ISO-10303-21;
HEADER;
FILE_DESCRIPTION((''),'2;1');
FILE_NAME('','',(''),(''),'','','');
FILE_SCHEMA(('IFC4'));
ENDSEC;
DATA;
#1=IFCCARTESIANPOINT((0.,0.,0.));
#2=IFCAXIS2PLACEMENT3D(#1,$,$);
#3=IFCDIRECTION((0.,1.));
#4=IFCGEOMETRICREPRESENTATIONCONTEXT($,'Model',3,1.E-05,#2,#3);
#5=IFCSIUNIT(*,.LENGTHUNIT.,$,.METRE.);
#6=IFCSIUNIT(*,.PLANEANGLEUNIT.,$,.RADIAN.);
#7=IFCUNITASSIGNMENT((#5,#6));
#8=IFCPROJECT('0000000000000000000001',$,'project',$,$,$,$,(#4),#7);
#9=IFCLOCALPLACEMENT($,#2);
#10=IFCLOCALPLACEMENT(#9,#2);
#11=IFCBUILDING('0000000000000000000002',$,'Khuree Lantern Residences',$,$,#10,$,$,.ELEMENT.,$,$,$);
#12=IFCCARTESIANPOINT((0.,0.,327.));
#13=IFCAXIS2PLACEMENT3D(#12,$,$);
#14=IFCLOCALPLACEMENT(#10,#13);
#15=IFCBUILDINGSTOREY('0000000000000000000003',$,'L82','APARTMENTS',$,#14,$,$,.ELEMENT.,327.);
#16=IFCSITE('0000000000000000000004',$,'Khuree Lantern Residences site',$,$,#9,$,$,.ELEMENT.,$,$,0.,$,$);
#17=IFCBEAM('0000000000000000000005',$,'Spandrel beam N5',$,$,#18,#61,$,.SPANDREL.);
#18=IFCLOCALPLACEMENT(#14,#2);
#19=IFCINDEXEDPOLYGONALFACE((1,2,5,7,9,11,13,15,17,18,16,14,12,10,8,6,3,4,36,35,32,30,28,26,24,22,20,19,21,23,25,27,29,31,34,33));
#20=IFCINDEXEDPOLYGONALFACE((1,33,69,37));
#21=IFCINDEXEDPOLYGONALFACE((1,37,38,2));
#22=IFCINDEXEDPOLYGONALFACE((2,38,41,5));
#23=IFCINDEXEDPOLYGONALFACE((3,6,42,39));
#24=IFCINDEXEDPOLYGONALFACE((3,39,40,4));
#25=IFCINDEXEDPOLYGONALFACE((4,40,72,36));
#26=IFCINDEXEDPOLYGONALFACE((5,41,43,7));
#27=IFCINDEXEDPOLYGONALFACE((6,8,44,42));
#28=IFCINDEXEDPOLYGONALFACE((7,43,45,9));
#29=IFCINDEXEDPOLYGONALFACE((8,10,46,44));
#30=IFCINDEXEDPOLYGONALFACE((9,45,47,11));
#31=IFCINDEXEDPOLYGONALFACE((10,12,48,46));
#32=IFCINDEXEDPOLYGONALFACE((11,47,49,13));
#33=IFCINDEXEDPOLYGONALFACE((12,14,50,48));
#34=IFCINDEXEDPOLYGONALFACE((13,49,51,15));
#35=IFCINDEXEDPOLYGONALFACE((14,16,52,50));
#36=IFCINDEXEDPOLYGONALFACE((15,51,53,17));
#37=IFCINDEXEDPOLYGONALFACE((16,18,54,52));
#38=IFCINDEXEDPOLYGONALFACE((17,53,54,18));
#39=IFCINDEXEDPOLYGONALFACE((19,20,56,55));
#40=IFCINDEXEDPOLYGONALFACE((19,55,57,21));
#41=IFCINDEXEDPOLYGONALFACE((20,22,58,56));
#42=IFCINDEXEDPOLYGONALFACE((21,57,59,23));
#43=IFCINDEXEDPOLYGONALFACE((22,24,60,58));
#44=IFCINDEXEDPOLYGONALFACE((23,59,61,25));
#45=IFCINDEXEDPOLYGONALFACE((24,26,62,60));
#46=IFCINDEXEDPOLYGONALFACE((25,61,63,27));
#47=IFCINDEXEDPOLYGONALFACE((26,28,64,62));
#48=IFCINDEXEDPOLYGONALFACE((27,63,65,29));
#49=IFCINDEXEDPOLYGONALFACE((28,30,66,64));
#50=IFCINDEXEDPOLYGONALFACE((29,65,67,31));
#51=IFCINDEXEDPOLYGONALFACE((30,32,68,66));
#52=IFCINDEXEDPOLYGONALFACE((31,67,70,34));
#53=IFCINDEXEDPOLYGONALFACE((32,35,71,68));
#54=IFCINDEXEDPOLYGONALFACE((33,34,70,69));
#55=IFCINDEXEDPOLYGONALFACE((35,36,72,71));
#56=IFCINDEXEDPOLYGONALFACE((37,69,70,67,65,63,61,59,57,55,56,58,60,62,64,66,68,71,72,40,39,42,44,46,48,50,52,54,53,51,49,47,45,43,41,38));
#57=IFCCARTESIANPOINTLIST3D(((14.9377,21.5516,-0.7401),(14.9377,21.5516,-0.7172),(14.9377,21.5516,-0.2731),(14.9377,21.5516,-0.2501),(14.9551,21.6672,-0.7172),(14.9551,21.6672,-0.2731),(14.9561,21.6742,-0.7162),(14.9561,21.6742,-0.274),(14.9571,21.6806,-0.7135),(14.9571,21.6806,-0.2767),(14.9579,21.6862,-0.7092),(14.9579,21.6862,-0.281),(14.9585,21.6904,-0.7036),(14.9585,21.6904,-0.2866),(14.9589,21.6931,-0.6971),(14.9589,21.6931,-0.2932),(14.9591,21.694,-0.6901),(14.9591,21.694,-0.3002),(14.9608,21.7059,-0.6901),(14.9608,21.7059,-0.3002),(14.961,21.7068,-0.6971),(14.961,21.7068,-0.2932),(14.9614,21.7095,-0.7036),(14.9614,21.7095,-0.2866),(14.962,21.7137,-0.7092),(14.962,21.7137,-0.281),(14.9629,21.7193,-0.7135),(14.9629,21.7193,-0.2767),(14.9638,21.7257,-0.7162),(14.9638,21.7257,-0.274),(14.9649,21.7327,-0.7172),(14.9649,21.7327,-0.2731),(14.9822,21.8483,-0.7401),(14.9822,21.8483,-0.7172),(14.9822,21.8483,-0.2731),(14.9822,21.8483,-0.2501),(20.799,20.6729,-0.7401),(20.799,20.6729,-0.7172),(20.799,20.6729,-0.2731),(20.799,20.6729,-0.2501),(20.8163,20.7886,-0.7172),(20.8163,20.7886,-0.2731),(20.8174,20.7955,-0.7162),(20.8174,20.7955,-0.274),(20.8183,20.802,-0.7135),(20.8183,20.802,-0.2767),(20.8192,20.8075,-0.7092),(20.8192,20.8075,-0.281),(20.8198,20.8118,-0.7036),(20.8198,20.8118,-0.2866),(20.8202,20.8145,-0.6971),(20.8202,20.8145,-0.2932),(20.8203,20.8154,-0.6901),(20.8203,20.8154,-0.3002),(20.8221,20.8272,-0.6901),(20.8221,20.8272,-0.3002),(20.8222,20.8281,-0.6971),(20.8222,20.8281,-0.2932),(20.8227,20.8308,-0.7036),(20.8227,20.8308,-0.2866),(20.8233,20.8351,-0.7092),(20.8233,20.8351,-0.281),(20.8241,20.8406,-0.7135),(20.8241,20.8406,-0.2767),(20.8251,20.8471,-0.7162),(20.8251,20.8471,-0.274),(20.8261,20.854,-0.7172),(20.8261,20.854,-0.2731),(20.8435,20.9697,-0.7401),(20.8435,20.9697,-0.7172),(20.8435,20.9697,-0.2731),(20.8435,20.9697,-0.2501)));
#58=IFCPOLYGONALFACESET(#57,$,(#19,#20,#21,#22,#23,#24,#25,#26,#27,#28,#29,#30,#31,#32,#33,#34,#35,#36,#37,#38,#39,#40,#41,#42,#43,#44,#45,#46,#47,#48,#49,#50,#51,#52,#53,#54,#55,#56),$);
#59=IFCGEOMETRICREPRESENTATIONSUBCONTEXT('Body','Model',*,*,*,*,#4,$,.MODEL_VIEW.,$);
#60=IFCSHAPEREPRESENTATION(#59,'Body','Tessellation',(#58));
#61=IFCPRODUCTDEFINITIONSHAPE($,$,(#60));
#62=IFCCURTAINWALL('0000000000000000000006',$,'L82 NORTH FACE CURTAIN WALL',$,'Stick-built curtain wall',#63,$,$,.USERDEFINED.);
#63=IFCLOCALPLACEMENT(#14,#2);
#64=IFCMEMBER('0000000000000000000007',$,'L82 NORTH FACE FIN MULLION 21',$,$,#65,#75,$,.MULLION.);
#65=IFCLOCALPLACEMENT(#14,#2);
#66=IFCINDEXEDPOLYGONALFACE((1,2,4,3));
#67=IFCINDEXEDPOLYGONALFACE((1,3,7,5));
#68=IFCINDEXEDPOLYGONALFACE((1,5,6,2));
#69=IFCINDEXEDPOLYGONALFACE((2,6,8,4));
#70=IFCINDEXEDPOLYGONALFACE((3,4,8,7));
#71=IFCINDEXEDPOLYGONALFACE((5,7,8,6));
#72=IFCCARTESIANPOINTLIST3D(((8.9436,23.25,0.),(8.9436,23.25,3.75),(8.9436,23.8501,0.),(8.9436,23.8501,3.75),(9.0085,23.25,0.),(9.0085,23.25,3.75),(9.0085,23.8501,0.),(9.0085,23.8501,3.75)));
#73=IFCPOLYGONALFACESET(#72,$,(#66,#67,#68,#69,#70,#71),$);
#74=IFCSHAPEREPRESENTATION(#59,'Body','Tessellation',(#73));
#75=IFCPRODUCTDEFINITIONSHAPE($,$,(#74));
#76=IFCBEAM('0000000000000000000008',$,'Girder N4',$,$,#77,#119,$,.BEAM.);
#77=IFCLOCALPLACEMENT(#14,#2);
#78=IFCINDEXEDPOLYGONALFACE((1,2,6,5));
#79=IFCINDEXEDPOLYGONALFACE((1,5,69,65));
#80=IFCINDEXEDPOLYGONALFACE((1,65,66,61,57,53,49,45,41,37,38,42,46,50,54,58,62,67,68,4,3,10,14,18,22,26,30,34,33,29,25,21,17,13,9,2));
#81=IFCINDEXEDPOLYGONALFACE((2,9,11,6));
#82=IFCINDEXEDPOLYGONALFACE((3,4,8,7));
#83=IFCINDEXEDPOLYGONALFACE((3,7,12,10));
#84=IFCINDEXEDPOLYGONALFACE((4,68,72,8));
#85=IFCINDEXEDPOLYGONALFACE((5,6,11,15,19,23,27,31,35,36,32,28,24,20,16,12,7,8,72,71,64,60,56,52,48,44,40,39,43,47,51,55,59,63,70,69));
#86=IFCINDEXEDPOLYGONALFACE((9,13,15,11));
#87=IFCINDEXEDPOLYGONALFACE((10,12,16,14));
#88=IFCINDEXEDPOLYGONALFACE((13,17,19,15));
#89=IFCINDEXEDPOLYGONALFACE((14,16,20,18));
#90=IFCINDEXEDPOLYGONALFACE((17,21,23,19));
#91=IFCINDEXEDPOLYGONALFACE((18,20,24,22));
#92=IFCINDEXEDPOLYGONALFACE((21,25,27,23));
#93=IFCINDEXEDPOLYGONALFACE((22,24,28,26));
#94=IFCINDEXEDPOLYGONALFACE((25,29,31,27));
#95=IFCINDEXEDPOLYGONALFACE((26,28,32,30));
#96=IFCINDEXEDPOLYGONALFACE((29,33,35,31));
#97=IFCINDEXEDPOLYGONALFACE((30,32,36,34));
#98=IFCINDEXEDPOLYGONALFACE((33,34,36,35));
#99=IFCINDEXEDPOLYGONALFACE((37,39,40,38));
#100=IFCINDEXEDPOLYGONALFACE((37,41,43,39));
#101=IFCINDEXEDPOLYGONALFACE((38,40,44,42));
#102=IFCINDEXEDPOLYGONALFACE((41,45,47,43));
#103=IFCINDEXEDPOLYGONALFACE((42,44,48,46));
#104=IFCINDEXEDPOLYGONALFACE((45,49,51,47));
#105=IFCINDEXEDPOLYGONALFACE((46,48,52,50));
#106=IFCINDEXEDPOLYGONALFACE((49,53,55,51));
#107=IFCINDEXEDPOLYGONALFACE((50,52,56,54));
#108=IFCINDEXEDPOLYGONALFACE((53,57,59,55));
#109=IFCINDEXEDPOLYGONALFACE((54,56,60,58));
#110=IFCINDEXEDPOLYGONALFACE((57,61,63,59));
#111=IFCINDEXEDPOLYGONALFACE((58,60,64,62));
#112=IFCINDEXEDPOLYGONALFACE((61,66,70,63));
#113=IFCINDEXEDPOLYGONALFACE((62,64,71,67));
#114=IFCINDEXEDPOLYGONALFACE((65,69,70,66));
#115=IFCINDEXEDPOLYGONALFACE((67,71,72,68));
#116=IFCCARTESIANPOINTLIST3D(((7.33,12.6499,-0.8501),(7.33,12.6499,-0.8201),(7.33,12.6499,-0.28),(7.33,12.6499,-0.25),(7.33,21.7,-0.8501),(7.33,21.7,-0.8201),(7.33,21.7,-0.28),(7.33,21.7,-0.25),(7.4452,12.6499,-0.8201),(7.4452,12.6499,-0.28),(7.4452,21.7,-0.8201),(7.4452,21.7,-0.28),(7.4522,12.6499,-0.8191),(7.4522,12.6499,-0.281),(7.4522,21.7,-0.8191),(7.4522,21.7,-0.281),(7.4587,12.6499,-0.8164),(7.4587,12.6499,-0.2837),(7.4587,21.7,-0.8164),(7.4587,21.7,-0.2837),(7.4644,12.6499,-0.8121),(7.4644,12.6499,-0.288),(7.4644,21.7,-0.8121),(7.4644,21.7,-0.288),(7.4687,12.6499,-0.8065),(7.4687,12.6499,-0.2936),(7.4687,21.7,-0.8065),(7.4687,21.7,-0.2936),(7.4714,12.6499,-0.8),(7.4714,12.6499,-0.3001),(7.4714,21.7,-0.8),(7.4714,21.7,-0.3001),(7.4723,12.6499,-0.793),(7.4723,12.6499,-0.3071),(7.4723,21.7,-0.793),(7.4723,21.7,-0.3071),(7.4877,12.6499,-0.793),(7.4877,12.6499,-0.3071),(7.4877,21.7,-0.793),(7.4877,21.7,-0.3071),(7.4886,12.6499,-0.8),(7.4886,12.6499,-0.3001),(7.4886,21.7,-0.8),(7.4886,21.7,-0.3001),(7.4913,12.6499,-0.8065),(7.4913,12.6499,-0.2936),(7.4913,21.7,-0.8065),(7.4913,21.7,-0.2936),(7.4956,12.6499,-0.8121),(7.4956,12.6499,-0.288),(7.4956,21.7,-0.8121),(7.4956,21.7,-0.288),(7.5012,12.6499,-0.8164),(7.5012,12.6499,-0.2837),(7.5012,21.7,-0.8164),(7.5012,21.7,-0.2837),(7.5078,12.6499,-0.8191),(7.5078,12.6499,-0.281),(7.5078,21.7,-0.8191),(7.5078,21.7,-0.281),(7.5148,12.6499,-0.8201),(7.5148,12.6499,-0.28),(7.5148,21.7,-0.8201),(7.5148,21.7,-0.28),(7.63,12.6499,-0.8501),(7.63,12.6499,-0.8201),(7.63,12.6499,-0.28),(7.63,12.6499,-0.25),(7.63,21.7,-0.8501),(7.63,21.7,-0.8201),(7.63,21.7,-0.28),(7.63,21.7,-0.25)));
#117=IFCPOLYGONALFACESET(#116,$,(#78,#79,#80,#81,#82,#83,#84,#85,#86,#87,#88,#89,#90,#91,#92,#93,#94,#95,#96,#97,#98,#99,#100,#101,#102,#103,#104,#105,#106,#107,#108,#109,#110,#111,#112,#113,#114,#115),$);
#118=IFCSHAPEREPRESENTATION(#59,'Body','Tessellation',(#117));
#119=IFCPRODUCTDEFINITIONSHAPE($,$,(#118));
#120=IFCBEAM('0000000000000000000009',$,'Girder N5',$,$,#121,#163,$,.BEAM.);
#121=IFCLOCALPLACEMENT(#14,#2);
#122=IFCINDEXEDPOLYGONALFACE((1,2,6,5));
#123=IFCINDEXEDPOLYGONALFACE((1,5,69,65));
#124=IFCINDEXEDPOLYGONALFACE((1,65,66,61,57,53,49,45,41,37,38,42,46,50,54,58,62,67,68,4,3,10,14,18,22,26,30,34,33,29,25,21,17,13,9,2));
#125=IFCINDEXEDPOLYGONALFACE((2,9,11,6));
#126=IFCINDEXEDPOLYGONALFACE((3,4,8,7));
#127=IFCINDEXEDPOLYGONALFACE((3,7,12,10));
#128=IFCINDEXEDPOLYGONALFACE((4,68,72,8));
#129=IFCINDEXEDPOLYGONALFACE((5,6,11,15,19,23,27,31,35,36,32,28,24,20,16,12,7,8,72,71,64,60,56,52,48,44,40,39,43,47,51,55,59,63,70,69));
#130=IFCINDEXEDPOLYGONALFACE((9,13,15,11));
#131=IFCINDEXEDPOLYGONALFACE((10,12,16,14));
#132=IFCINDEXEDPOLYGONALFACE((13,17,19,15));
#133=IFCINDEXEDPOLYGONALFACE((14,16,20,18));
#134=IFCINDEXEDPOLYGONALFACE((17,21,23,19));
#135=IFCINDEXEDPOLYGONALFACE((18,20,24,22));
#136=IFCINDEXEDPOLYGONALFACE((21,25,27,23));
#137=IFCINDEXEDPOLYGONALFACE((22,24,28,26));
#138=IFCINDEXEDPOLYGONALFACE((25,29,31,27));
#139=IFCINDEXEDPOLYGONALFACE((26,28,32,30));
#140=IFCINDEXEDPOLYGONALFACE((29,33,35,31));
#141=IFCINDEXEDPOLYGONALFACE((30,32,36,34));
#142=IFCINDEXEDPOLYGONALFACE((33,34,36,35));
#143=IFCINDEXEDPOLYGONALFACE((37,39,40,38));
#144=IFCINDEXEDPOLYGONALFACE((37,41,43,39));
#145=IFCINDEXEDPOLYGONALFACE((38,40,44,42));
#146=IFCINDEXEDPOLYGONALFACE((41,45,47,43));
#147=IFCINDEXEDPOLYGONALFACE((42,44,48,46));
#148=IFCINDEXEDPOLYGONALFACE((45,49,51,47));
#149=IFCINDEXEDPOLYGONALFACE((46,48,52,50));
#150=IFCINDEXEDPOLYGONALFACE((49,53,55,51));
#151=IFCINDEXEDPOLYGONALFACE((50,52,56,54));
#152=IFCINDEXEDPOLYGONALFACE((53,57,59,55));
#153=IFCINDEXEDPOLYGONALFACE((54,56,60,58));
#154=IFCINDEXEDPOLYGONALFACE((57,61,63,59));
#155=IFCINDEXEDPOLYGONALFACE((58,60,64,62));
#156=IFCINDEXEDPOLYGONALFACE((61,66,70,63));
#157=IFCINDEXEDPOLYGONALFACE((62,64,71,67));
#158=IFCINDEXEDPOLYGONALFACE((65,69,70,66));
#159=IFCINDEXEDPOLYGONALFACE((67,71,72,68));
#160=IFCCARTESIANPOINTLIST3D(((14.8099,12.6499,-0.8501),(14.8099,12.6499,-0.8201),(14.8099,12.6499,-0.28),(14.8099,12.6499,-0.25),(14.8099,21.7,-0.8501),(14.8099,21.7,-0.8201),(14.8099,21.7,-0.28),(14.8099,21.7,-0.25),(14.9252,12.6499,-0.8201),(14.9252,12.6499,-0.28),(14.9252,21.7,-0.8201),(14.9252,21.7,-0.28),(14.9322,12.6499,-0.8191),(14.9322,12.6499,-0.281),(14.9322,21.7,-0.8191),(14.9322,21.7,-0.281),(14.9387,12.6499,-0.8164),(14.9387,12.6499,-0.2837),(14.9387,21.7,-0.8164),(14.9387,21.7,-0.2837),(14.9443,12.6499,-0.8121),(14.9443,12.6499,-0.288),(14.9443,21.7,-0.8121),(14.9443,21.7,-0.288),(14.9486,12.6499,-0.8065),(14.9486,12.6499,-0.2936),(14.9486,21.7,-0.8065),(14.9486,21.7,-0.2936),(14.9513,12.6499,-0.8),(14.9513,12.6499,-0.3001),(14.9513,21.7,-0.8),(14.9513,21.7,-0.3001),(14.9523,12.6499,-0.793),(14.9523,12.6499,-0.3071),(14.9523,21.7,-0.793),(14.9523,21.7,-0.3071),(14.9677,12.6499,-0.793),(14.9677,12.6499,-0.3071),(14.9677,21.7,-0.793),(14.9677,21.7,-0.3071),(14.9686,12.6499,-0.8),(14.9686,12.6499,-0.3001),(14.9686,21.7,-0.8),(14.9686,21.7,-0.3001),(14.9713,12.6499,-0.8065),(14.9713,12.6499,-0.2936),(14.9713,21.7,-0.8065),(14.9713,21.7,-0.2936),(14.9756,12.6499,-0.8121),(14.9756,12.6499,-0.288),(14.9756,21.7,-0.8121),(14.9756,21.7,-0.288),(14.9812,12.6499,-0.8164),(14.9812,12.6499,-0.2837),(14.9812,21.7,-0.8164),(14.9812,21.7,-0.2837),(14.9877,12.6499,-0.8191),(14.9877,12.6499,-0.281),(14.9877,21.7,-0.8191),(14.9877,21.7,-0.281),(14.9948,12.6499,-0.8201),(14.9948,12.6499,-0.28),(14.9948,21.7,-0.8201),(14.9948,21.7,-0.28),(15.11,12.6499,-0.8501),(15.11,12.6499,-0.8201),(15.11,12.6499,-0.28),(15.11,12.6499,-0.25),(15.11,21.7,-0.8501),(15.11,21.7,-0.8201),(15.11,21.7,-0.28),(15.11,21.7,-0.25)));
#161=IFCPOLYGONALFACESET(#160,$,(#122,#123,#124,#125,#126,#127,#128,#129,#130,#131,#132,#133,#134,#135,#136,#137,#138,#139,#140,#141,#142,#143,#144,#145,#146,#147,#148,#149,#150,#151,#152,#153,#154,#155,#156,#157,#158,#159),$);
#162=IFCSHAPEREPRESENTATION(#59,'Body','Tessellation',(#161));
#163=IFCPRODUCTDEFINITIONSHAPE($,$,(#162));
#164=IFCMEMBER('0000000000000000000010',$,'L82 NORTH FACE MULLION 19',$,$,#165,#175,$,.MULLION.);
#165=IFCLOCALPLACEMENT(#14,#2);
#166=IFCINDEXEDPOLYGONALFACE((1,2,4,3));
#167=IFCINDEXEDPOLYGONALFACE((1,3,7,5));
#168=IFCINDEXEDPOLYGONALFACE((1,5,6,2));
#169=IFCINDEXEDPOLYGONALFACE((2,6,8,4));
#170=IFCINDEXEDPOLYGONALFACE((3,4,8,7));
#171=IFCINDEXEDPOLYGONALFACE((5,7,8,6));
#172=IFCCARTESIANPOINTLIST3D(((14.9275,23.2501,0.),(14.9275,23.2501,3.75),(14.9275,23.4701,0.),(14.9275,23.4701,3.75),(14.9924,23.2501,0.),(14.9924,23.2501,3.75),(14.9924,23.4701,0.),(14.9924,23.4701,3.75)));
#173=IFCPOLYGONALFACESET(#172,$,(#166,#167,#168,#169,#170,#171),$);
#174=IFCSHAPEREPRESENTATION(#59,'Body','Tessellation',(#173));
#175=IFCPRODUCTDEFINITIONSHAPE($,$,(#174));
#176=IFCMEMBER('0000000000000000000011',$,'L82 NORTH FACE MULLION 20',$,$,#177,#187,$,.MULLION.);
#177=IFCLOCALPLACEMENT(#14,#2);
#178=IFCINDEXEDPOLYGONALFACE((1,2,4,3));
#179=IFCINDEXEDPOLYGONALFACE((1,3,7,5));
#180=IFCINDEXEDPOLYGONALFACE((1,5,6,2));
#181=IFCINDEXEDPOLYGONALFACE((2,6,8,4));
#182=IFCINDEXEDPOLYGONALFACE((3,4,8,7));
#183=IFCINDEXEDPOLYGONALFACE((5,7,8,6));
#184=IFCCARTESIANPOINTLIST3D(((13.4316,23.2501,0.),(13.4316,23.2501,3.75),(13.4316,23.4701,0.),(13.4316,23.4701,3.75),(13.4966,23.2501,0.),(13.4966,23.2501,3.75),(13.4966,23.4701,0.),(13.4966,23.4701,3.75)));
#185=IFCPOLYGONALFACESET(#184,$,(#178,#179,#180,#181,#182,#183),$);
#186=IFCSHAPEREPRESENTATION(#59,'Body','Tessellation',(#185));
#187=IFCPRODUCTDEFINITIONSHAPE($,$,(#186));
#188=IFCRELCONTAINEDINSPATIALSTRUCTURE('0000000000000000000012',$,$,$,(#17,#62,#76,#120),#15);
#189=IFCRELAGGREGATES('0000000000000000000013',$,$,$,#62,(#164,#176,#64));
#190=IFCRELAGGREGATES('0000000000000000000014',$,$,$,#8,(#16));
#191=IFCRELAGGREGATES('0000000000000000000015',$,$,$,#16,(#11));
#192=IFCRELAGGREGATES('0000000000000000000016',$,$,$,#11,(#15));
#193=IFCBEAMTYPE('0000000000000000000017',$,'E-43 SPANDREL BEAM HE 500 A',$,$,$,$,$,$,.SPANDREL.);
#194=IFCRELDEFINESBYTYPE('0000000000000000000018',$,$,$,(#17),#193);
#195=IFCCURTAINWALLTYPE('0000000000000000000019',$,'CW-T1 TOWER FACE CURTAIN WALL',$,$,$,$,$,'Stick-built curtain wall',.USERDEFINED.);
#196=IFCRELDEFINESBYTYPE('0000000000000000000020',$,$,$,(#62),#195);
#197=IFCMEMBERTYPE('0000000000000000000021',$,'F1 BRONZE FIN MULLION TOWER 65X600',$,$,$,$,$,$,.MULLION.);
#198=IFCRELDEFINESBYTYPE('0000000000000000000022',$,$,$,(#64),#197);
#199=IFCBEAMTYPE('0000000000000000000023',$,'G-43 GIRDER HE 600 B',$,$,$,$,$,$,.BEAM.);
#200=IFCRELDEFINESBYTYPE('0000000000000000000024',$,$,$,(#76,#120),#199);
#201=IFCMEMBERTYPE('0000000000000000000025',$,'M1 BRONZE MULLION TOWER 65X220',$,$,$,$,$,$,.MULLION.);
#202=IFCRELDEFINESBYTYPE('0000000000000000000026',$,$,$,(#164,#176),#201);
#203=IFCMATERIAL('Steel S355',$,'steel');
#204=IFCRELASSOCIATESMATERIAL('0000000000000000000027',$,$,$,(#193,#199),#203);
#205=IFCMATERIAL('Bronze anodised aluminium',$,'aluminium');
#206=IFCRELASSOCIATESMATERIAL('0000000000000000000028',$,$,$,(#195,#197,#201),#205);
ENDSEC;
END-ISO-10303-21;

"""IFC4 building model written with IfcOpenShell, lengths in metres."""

from ifc_helpers import new_model, si_unit, direction, frame, origin, origin_2d, place, context, subcontext, project, spatial, rectangle, i_section, extrude, material, material_profile, profile_set, type_object, element, aggregate, save


model = new_model("IFC4")

# Units and contexts
model_context = context("Model", 3, precision=1e-05, world=origin(), true_north=direction((0.0, 1.0)))
body_context = subcontext(model_context, "Body", "Model", "MODEL_VIEW")
ifc_project = project(units=[si_unit("LENGTHUNIT", "METRE"), si_unit("PLANEANGLEUNIT", "RADIAN")], contexts=[model_context])

# Site, building, storey
site_placement = place(None, origin())
site = spatial("IfcSite", under=ifc_project, at=site_placement, Name="Khuree Lantern Residences site", CompositionType="ELEMENT", RefElevation=0.0)
building_placement = place(site_placement, origin())
building = spatial("IfcBuilding", under=site, at=building_placement, Name="Khuree Lantern Residences", CompositionType="ELEMENT")
storey_placement = place(building_placement, frame((0.0, 0.0, 327.0)))
storey = spatial("IfcBuildingStorey", under=building, at=storey_placement, Name="L82", Description="APARTMENTS", CompositionType="ELEMENT", Elevation=327.0)

# Beam
ifc_material_1 = material(Name="Steel S355", Category="steel")
ifc_material_profile_1 = material_profile(ifc_material_1, i_section(OverallWidth=0.3, OverallDepth=0.49, WebThickness=0.012, FlangeThickness=0.0229, FilletRadius=0.0271, at=origin_2d()), Name="HE 500 A")
ifc_profile_set_1 = profile_set([ifc_material_profile_1], Name="Steel S355")
beam_type_1 = type_object("IfcBeamType", Name="E-43 SPANDREL BEAM HE 500 A", PredefinedType="SPANDREL", material=ifc_profile_set_1)
beam_1_placement = place(storey_placement, frame((14.96, 21.7, -0.4951), z_axis=(0.98895, -0.148252, 0.0), x_axis=(0.148252, 0.98895, 0.0)))
element("IfcBeam", 1, at=beam_1_placement, inside=storey, type_object=beam_type_1, Name="Spandrel beam N5", PredefinedType="SPANDREL", context=body_context, shape_type="SweptSolid", body=[
    extrude(i_section(OverallWidth=0.3, OverallDepth=0.49, WebThickness=0.012, FlangeThickness=0.0229, FilletRadius=0.0271, at=origin_2d()), origin(), (0.0, 0.0, 1.0), 5.9268),
])

# Curtain wall, member
ifc_material_2 = material(Name="Bronze anodised aluminium", Category="aluminium")
curtain_wall_type = type_object("IfcCurtainWallType", Name="CW-T1 TOWER FACE CURTAIN WALL", ElementType="Stick-built curtain wall", PredefinedType="USERDEFINED", material=ifc_material_2)
curtain_wall_placement = place(storey_placement, origin())
curtain_wall = element("IfcCurtainWall", 2, at=curtain_wall_placement, inside=storey, type_object=curtain_wall_type, Name="L82 NORTH FACE CURTAIN WALL", ObjectType="Stick-built curtain wall", PredefinedType="USERDEFINED")
ifc_material_profile_2 = material_profile(ifc_material_2, rectangle(XDim=0.0649, YDim=0.6001, at=origin_2d()), Name="F1 65X600")
ifc_profile_set_2 = profile_set([ifc_material_profile_2], Name="Bronze anodised aluminium")
member_type_1 = type_object("IfcMemberType", Name="F1 BRONZE FIN MULLION TOWER 65X600", PredefinedType="MULLION", material=ifc_profile_set_2)
member_1_placement = place(storey_placement, frame((8.9761, 23.55, 0.0), z_axis=(0.0, 0.0, 1.0), x_axis=(-1.0, 0.0, 0.0)))
member_1 = element("IfcMember", 3, at=member_1_placement, type_object=member_type_1, Name="L82 NORTH FACE FIN MULLION 21", PredefinedType="MULLION", context=body_context, shape_type="SweptSolid", body=[
    extrude(rectangle(XDim=0.0649, YDim=0.6001, at=origin_2d()), origin(), (0.0, 0.0, 1.0), 3.75),
])

# Beams
ifc_material_profile_3 = material_profile(ifc_material_1, i_section(OverallWidth=0.3, OverallDepth=0.6001, WebThickness=0.0154, FlangeThickness=0.03, FilletRadius=0.0271, at=origin_2d()), Name="HE 600 B")
ifc_profile_set_3 = profile_set([ifc_material_profile_3], Name="Steel S355")
beam_type_2 = type_object("IfcBeamType", Name="G-43 GIRDER HE 600 B", PredefinedType="BEAM", material=ifc_profile_set_3)
for number, where, z_axis, x_axis, name in (
    (4, (7.48, 21.7, -0.55), (0.0, -1.0, 0.0), (1.0, 0.0, 0.0), "Girder N4"),
    (5, (14.96, 21.7, -0.55), (0.0, -1.0, 0.0), (1.0, 0.0, 0.0), "Girder N5"),
):
    element("IfcBeam", number, at=place(storey_placement, frame(where, z_axis=z_axis, x_axis=x_axis)), inside=storey, type_object=beam_type_2, Name=name, PredefinedType="BEAM", context=body_context, shape_type="SweptSolid", body=[
        extrude(i_section(OverallWidth=0.3, OverallDepth=0.6001, WebThickness=0.0154, FlangeThickness=0.03, FilletRadius=0.0271, at=origin_2d()), origin(), (0.0, 0.0, 1.0), 9.05),
    ])

# Members
ifc_material_profile_4 = material_profile(ifc_material_2, rectangle(XDim=0.0649, YDim=0.22, at=origin_2d()), Name="M1 65X220")
ifc_profile_set_4 = profile_set([ifc_material_profile_4], Name="Bronze anodised aluminium")
member_type_2 = type_object("IfcMemberType", Name="M1 BRONZE MULLION TOWER 65X220", PredefinedType="MULLION", material=ifc_profile_set_4)
member_2_placement = place(storey_placement, frame((14.96, 23.3601, 0.0), z_axis=(0.0, 0.0, 1.0), x_axis=(-1.0, 0.0, 0.0)))
member_2 = element("IfcMember", 6, at=member_2_placement, type_object=member_type_2, Name="L82 NORTH FACE MULLION 19", PredefinedType="MULLION", context=body_context, shape_type="SweptSolid", body=[
    extrude(rectangle(XDim=0.0649, YDim=0.22, at=origin_2d()), origin(), (0.0, 0.0, 1.0), 3.75),
])
member_3_placement = place(storey_placement, frame((13.4641, 23.3601, 0.0), z_axis=(0.0, 0.0, 1.0), x_axis=(-1.0, 0.0, 0.0)))
member_3 = element("IfcMember", 7, at=member_3_placement, type_object=member_type_2, Name="L82 NORTH FACE MULLION 20", PredefinedType="MULLION", context=body_context, shape_type="SweptSolid", body=[
    extrude(rectangle(XDim=0.0649, YDim=0.22, at=origin_2d()), origin(), (0.0, 0.0, 1.0), 3.75),
])

aggregate(curtain_wall, [member_2, member_3, member_1])

save(model, "model.ifc")
